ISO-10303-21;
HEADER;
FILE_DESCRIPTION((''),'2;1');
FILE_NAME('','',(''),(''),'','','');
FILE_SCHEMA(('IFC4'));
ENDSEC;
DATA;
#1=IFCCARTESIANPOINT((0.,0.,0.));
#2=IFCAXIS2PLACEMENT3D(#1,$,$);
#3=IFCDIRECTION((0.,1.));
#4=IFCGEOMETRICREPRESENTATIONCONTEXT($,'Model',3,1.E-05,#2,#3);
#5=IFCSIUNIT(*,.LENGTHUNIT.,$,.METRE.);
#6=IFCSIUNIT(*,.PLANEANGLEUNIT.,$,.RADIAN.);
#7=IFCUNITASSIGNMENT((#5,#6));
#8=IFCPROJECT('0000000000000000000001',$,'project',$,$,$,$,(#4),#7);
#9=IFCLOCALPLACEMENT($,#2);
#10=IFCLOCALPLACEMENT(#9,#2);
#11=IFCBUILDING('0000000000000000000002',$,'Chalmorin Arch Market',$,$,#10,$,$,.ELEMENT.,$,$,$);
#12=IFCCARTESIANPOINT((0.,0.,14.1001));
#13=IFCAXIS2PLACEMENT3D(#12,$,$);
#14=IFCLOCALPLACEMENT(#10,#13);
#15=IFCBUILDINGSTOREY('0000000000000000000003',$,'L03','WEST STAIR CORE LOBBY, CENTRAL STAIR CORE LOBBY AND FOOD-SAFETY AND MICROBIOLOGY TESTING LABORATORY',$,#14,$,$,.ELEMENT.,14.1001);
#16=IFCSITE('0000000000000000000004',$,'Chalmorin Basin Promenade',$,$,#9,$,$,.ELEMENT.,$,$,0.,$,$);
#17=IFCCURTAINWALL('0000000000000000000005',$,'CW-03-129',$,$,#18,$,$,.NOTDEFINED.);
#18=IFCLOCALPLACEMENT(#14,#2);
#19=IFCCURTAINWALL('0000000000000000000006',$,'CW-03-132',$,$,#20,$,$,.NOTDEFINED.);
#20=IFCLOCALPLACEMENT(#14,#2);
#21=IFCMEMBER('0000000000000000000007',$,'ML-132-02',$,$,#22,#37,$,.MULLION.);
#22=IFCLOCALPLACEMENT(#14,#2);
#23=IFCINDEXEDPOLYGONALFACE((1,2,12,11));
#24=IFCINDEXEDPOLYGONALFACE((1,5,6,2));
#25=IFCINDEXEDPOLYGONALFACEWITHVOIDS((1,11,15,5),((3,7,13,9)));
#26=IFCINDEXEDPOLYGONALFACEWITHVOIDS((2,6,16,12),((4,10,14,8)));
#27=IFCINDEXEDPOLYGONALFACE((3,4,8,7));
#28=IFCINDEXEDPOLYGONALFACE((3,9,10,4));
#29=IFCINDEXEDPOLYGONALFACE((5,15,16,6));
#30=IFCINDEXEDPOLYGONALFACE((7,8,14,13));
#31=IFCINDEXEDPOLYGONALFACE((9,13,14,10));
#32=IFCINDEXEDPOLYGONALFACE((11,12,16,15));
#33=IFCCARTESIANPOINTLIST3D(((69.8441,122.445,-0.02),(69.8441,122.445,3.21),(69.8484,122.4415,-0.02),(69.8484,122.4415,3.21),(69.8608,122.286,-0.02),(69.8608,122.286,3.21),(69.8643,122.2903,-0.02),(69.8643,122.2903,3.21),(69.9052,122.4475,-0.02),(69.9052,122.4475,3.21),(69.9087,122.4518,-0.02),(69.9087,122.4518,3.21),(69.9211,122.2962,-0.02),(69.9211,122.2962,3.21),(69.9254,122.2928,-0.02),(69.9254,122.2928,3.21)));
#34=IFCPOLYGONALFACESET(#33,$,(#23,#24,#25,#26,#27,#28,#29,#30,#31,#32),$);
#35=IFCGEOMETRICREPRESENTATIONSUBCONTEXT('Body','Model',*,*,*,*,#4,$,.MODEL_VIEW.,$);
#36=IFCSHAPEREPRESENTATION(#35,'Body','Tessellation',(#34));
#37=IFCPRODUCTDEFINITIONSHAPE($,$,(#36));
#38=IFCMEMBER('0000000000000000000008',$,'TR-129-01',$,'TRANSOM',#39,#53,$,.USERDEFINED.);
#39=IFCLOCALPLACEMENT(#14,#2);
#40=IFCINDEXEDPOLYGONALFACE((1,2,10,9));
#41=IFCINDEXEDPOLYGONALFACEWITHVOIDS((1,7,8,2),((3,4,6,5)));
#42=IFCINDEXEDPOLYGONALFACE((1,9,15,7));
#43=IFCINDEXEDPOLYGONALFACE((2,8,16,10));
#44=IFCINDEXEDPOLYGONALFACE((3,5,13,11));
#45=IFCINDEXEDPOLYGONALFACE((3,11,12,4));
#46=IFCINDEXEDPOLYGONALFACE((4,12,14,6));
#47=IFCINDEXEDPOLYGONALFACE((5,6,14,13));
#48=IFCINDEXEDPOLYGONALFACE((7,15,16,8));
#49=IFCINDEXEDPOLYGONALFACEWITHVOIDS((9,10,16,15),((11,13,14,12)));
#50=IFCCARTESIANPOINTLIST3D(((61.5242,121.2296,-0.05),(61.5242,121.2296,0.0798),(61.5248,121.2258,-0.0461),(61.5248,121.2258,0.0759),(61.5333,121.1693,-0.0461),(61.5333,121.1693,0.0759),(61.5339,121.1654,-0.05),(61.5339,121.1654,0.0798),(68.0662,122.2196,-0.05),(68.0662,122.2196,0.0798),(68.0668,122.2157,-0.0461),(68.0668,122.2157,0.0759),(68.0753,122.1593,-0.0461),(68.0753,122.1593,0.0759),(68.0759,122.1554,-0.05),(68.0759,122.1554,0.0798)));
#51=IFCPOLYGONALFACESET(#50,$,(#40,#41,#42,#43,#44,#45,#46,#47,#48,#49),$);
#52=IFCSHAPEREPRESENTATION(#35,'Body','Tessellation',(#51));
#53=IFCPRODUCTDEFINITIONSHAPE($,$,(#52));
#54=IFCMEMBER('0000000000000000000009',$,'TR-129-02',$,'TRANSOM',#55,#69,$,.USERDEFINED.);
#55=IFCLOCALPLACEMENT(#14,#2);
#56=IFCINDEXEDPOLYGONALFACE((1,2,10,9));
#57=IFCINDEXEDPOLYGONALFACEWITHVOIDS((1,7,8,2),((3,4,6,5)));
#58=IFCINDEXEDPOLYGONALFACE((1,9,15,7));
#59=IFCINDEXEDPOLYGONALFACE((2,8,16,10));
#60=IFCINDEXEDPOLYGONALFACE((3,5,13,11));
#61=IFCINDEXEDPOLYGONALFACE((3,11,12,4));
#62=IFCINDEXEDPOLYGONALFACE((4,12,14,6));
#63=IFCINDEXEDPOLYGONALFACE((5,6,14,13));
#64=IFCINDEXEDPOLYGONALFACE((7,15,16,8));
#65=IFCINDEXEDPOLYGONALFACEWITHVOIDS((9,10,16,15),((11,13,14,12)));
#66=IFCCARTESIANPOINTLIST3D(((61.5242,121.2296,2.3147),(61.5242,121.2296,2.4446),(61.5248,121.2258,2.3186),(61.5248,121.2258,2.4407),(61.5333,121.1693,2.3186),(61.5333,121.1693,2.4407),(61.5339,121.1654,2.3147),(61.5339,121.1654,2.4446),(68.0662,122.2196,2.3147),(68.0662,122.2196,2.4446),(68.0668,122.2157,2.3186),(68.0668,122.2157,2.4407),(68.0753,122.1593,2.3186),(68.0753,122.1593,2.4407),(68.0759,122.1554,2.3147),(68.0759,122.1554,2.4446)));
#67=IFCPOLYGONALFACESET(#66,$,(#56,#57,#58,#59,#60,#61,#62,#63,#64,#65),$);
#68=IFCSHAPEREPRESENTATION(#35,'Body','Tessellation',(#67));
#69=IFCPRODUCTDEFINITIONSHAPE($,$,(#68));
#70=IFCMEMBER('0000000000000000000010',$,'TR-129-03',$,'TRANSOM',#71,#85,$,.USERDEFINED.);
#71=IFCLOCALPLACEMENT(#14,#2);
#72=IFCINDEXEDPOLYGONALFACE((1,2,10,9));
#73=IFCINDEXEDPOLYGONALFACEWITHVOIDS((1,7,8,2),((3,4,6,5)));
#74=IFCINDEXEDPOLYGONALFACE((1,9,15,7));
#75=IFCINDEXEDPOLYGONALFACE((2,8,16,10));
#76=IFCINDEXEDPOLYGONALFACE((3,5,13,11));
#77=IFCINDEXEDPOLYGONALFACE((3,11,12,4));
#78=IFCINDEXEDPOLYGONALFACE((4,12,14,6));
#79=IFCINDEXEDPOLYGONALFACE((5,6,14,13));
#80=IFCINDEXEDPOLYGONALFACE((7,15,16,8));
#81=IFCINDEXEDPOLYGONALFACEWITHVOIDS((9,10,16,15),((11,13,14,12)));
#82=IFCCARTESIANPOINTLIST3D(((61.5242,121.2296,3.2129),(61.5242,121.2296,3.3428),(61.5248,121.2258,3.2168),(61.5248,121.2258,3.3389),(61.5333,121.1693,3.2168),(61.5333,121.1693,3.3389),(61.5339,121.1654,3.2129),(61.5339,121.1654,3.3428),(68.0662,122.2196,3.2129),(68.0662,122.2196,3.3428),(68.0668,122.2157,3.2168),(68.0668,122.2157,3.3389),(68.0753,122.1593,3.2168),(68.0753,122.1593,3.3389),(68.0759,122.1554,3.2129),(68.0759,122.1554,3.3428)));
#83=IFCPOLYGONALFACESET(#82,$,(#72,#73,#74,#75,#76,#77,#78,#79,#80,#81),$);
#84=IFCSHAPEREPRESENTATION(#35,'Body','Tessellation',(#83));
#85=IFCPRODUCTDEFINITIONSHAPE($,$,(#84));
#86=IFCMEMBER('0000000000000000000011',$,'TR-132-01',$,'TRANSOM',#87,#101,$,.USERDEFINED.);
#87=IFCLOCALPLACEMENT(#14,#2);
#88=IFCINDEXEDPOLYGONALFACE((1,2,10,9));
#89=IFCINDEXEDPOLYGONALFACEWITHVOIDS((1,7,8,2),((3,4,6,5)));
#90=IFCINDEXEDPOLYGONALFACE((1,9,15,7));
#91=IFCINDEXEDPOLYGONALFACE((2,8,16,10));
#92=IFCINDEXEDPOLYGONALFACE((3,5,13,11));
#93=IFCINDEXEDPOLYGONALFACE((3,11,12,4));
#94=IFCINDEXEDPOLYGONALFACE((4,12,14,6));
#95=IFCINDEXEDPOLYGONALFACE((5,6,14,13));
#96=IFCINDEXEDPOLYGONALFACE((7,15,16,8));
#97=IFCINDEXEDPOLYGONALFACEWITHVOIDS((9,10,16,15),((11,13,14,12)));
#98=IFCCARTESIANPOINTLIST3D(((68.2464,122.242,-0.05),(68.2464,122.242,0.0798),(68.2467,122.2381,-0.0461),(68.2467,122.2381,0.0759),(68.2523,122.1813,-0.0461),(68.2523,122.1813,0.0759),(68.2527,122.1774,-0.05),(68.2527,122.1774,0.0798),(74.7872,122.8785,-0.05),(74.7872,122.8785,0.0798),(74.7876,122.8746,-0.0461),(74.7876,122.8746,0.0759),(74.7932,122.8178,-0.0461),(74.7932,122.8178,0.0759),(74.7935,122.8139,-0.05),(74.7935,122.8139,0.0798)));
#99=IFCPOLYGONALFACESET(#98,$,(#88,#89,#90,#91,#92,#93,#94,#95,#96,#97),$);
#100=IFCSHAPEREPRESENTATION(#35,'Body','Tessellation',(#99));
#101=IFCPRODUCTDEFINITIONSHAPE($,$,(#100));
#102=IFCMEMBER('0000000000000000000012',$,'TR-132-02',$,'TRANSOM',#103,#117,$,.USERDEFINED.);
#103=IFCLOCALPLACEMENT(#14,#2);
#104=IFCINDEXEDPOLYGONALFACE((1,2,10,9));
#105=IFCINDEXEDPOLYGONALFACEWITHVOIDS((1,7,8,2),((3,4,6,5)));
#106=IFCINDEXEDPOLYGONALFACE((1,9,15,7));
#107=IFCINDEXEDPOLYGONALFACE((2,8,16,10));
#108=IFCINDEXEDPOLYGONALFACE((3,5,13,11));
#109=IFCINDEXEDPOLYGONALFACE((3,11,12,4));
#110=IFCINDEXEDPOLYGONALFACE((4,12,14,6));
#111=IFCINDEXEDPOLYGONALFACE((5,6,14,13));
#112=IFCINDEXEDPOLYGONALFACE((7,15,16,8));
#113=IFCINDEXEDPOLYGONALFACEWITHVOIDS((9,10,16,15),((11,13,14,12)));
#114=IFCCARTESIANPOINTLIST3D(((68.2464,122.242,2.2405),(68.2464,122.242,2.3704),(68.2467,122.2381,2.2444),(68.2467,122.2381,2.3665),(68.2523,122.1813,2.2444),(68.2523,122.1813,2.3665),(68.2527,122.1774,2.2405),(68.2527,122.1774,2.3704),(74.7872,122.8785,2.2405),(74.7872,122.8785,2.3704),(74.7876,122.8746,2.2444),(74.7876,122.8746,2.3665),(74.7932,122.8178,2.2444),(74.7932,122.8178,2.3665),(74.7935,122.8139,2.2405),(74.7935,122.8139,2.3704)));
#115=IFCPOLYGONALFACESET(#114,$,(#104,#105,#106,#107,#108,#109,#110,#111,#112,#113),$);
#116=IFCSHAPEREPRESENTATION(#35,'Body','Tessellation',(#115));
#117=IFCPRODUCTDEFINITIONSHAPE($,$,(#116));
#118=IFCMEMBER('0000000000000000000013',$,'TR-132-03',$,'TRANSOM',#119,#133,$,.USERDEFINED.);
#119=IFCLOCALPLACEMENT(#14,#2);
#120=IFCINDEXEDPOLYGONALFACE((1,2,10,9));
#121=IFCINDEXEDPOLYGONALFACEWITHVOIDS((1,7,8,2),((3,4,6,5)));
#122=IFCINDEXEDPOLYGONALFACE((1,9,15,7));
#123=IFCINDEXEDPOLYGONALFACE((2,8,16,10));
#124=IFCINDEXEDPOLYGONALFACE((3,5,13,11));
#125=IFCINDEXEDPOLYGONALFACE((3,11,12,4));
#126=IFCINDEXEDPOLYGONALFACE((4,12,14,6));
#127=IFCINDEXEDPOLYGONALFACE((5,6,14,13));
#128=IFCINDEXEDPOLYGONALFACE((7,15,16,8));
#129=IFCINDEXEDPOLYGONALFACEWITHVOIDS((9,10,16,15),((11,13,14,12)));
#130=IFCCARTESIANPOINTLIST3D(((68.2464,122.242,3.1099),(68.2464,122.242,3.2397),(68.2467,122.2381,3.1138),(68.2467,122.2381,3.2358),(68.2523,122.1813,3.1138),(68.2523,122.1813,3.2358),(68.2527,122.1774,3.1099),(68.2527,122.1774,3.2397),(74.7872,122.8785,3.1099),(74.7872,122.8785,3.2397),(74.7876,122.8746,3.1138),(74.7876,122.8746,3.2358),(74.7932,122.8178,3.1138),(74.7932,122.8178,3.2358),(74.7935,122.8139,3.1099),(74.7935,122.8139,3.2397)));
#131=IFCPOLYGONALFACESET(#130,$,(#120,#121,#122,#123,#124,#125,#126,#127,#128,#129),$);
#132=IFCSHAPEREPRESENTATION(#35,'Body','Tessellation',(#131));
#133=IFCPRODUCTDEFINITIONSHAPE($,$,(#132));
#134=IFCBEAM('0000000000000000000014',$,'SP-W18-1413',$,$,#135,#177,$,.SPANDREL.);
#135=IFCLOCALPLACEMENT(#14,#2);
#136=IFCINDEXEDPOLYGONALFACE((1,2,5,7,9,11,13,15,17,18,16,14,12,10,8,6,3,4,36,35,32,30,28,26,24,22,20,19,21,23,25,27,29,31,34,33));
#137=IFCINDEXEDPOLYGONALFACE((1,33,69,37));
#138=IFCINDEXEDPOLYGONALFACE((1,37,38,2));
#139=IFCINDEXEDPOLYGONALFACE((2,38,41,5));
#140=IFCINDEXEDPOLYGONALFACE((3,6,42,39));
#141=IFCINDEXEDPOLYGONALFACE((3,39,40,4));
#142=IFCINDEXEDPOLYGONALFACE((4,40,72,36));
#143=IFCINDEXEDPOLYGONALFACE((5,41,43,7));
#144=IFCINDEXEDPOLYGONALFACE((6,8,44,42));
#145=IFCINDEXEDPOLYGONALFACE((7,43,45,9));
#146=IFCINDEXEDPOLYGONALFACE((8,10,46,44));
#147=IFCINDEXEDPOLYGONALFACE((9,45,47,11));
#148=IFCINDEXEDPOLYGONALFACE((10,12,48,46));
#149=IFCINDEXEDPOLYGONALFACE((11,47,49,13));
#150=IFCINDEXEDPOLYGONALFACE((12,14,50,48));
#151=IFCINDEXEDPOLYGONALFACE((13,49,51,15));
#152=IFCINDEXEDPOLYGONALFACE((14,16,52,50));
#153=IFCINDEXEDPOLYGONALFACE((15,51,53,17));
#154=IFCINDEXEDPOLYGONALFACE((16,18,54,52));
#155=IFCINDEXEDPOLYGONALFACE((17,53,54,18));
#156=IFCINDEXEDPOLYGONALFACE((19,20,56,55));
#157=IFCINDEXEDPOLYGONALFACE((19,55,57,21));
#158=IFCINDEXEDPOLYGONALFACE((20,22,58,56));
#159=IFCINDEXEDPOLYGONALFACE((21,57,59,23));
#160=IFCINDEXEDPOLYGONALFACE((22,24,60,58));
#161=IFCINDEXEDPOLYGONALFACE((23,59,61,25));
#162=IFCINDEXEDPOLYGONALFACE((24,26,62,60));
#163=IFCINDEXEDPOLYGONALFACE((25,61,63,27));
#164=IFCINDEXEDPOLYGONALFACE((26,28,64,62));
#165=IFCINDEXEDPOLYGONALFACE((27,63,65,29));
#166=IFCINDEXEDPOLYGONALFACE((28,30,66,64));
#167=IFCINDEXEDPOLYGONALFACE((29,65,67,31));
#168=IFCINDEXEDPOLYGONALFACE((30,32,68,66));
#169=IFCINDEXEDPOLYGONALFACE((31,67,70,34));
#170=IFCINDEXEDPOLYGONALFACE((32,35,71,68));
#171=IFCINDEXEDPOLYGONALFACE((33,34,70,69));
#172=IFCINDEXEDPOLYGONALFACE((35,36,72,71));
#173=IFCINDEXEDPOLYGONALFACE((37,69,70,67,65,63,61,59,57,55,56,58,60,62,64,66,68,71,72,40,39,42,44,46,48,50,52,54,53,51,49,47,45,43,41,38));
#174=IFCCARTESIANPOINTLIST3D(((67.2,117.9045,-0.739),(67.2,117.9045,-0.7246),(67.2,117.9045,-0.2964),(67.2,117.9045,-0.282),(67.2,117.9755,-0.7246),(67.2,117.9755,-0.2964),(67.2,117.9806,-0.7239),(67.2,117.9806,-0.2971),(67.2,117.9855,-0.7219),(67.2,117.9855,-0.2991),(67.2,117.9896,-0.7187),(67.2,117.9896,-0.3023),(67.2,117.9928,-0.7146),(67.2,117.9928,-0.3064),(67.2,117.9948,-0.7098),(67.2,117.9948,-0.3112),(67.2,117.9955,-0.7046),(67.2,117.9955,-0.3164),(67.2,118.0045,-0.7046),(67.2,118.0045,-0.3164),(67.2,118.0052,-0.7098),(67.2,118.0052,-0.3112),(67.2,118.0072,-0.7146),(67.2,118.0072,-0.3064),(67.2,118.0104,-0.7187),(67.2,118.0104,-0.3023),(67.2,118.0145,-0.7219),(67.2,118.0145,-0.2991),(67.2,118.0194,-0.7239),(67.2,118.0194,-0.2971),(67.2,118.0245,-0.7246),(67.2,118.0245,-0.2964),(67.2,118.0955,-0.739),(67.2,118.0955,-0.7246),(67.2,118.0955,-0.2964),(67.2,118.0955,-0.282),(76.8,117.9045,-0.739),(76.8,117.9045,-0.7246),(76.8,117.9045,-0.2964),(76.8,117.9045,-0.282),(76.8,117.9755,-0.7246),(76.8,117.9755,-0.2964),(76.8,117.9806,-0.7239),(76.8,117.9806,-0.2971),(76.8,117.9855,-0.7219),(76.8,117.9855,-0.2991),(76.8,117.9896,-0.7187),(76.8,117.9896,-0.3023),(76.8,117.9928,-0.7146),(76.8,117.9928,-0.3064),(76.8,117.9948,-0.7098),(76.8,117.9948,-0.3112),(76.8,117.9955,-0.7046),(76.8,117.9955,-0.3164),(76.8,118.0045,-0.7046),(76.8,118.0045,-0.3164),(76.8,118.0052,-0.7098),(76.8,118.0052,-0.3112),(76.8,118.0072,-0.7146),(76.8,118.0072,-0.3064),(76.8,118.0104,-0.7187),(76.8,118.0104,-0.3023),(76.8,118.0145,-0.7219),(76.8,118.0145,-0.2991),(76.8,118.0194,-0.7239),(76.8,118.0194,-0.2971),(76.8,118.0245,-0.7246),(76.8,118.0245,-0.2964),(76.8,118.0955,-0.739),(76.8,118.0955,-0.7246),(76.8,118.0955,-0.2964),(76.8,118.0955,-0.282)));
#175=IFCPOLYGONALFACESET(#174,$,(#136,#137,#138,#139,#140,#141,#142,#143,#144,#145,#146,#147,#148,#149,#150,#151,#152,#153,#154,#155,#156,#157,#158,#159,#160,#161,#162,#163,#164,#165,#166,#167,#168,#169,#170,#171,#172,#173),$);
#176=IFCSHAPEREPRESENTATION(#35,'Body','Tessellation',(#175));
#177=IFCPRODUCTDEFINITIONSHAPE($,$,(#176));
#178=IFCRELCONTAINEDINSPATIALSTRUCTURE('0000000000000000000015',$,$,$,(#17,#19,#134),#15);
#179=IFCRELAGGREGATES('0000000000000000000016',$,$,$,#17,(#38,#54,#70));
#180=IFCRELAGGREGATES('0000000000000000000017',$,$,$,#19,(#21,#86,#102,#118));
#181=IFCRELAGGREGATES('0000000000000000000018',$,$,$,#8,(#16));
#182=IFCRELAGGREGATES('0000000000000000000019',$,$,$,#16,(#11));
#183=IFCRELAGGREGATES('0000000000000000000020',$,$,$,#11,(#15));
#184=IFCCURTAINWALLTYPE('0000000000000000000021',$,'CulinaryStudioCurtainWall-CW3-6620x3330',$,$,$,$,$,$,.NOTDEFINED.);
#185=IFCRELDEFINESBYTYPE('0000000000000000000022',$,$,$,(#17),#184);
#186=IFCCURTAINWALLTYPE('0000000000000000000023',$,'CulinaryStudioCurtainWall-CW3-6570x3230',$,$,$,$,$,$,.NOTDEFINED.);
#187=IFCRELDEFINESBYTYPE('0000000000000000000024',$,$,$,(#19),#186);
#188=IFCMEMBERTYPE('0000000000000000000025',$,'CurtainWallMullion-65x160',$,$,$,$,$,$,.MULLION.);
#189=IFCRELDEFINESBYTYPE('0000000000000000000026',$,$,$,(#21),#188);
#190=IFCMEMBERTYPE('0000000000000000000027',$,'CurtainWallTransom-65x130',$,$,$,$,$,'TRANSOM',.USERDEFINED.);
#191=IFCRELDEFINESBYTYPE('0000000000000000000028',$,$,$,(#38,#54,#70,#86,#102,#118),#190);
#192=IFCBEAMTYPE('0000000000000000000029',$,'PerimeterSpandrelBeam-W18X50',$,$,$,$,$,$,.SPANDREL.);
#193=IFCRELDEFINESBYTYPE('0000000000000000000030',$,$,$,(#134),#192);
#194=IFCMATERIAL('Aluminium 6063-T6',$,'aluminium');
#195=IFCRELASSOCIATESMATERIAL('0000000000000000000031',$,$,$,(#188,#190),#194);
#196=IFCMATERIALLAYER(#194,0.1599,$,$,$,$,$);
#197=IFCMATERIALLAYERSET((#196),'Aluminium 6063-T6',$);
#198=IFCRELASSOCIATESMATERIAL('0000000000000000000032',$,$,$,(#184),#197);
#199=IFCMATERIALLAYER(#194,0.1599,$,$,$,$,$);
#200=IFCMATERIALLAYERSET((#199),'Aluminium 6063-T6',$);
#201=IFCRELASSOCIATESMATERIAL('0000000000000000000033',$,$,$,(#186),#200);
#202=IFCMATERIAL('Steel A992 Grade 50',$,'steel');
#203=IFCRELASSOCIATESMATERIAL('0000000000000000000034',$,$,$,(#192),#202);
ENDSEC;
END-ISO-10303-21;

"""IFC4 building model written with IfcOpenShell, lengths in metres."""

from ifc_helpers import new_model, si_unit, direction, frame, origin, origin_2d, place, context, subcontext, project, spatial, hollow_rectangle, i_section, extrude, material, layer, layer_set, material_profile, profile_set, type_object, element, aggregate, save


model = new_model("IFC4")

# Units and contexts
model_context = context("Model", 3, precision=1e-05, world=origin(), true_north=direction((0.0, 1.0)))
body_context = subcontext(model_context, "Body", "Model", "MODEL_VIEW")
ifc_project = project(units=[si_unit("LENGTHUNIT", "METRE"), si_unit("PLANEANGLEUNIT", "RADIAN")], contexts=[model_context])

# Site, building, storey
site_placement = place(None, origin())
site = spatial("IfcSite", under=ifc_project, at=site_placement, Name="Chalmorin Basin Promenade", CompositionType="ELEMENT", RefElevation=0.0)
building_placement = place(site_placement, origin())
building = spatial("IfcBuilding", under=site, at=building_placement, Name="Chalmorin Arch Market", CompositionType="ELEMENT")
storey_placement = place(building_placement, frame((0.0, 0.0, 14.1001)))
storey = spatial("IfcBuildingStorey", under=building, at=storey_placement, Name="L03", Description="WEST STAIR CORE LOBBY, CENTRAL STAIR CORE LOBBY AND FOOD-SAFETY AND MICROBIOLOGY TESTING LABORATORY", CompositionType="ELEMENT", Elevation=14.1001)

# Curtain walls, member
ifc_material_1 = material(Name="Aluminium 6063-T6", Category="aluminium")
ifc_material_profile_1 = material_profile(ifc_material_1, hollow_rectangle(XDim=0.0649, YDim=0.1599, WallThickness=0.0039, at=origin_2d()), Name="ALU65X160X4")
ifc_profile_set_1 = profile_set([ifc_material_profile_1], Name="Aluminium 6063-T6")
member_type_1 = type_object("IfcMemberType", Name="CurtainWallMullion-65x160", PredefinedType="MULLION", material=ifc_profile_set_1)
ifc_layer_1 = layer(ifc_material_1, 0.1599)
ifc_layer_set_1 = layer_set([ifc_layer_1], Name="Aluminium 6063-T6")
curtain_wall_type_1 = type_object("IfcCurtainWallType", Name="CulinaryStudioCurtainWall-CW3-6620x3330", PredefinedType="NOTDEFINED", material=ifc_layer_set_1)
curtain_wall_1_placement = place(storey_placement, origin())
curtain_wall_1 = element("IfcCurtainWall", 1, at=curtain_wall_1_placement, inside=storey, type_object=curtain_wall_type_1, Name="CW-03-129", PredefinedType="NOTDEFINED")
ifc_layer_2 = layer(ifc_material_1, 0.1599)
ifc_layer_set_2 = layer_set([ifc_layer_2], Name="Aluminium 6063-T6")
curtain_wall_type_2 = type_object("IfcCurtainWallType", Name="CulinaryStudioCurtainWall-CW3-6570x3230", PredefinedType="NOTDEFINED", material=ifc_layer_set_2)
curtain_wall_2_placement = place(storey_placement, origin())
curtain_wall_2 = element("IfcCurtainWall", 2, at=curtain_wall_2_placement, inside=storey, type_object=curtain_wall_type_2, Name="CW-03-132", PredefinedType="NOTDEFINED")
member_1_placement = place(storey_placement, frame((69.8848, 122.3689, -0.02), z_axis=(0.0, 0.0, 1.0), x_axis=(0.994522, 0.104528, 0.0)))
member_1 = element("IfcMember", 3, at=member_1_placement, type_object=member_type_1, Name="ML-132-02", PredefinedType="MULLION", context=body_context, shape_type="SweptSolid", body=[
    extrude(hollow_rectangle(XDim=0.0649, YDim=0.1599, WallThickness=0.0039, at=origin_2d()), origin(), (0.0, 0.0, 1.0), 3.23),
])

# Members
ifc_material_profile_2 = material_profile(ifc_material_1, hollow_rectangle(XDim=0.0649, YDim=0.1299, WallThickness=0.0039, at=origin_2d()), Name="ALU65X130X4")
ifc_profile_set_2 = profile_set([ifc_material_profile_2], Name="Aluminium 6063-T6")
member_type_2 = type_object("IfcMemberType", Name="CurtainWallTransom-65x130", ElementType="TRANSOM", PredefinedType="USERDEFINED", material=ifc_profile_set_2)
member_2_placement = place(storey_placement, frame((61.5291, 121.1975, 0.0149), z_axis=(0.988743, 0.149625, 0.0), x_axis=(-0.149625, 0.988743, 0.0)))
member_2 = element("IfcMember", 4, at=member_2_placement, type_object=member_type_2, Name="TR-129-01", ObjectType="TRANSOM", PredefinedType="USERDEFINED", context=body_context, shape_type="SweptSolid", body=[
    extrude(hollow_rectangle(XDim=0.0649, YDim=0.1299, WallThickness=0.0039, at=origin_2d()), origin(), (0.0, 0.0, 1.0), 6.6165),
])
member_3_placement = place(storey_placement, frame((61.5291, 121.1975, 2.3796), z_axis=(0.988743, 0.149625, 0.0), x_axis=(-0.149625, 0.988743, 0.0)))
member_3 = element("IfcMember", 5, at=member_3_placement, type_object=member_type_2, Name="TR-129-02", ObjectType="TRANSOM", PredefinedType="USERDEFINED", context=body_context, shape_type="SweptSolid", body=[
    extrude(hollow_rectangle(XDim=0.0649, YDim=0.1299, WallThickness=0.0039, at=origin_2d()), origin(), (0.0, 0.0, 1.0), 6.6165),
])
member_4_placement = place(storey_placement, frame((61.5291, 121.1975, 3.2778), z_axis=(0.988743, 0.149625, 0.0), x_axis=(-0.149625, 0.988743, 0.0)))
member_4 = element("IfcMember", 6, at=member_4_placement, type_object=member_type_2, Name="TR-129-03", ObjectType="TRANSOM", PredefinedType="USERDEFINED", context=body_context, shape_type="SweptSolid", body=[
    extrude(hollow_rectangle(XDim=0.0649, YDim=0.1299, WallThickness=0.0039, at=origin_2d()), origin(), (0.0, 0.0, 1.0), 6.6165),
])
member_5_placement = place(storey_placement, frame((68.2495, 122.2097, 0.0149), z_axis=(0.995299, 0.096851, 0.0), x_axis=(-0.096851, 0.995299, 0.0)))
member_5 = element("IfcMember", 7, at=member_5_placement, type_object=member_type_2, Name="TR-132-01", ObjectType="TRANSOM", PredefinedType="USERDEFINED", context=body_context, shape_type="SweptSolid", body=[
    extrude(hollow_rectangle(XDim=0.0649, YDim=0.1299, WallThickness=0.0039, at=origin_2d()), origin(), (0.0, 0.0, 1.0), 6.5718),
])
member_6_placement = place(storey_placement, frame((68.2495, 122.2097, 2.3054), z_axis=(0.995299, 0.096851, 0.0), x_axis=(-0.096851, 0.995299, 0.0)))
member_6 = element("IfcMember", 8, at=member_6_placement, type_object=member_type_2, Name="TR-132-02", ObjectType="TRANSOM", PredefinedType="USERDEFINED", context=body_context, shape_type="SweptSolid", body=[
    extrude(hollow_rectangle(XDim=0.0649, YDim=0.1299, WallThickness=0.0039, at=origin_2d()), origin(), (0.0, 0.0, 1.0), 6.5718),
])
member_7_placement = place(storey_placement, frame((68.2495, 122.2097, 3.1748), z_axis=(0.995299, 0.096851, 0.0), x_axis=(-0.096851, 0.995299, 0.0)))
member_7 = element("IfcMember", 9, at=member_7_placement, type_object=member_type_2, Name="TR-132-03", ObjectType="TRANSOM", PredefinedType="USERDEFINED", context=body_context, shape_type="SweptSolid", body=[
    extrude(hollow_rectangle(XDim=0.0649, YDim=0.1299, WallThickness=0.0039, at=origin_2d()), origin(), (0.0, 0.0, 1.0), 6.5718),
])

# Beam
ifc_material_2 = material(Name="Steel A992 Grade 50", Category="steel")
ifc_material_profile_3 = material_profile(ifc_material_2, i_section(OverallWidth=0.1909, OverallDepth=0.457, WebThickness=0.009, FlangeThickness=0.0144, FilletRadius=0.02, at=origin_2d()), Name="W18X50")
ifc_profile_set_3 = profile_set([ifc_material_profile_3], Name="Steel A992 Grade 50")
beam_type_1 = type_object("IfcBeamType", Name="PerimeterSpandrelBeam-W18X50", PredefinedType="SPANDREL", material=ifc_profile_set_3)
beam_1_placement = place(storey_placement, frame((67.2, 118.0, -0.5105), z_axis=(1.0, 0.0, 0.0), x_axis=(0.0, 1.0, 0.0)))
element("IfcBeam", 10, at=beam_1_placement, inside=storey, type_object=beam_type_1, Name="SP-W18-1413", PredefinedType="SPANDREL", context=body_context, shape_type="SweptSolid", body=[
    extrude(i_section(OverallWidth=0.1909, OverallDepth=0.457, WebThickness=0.009, FlangeThickness=0.0144, FilletRadius=0.02, at=origin_2d()), origin(), (0.0, 0.0, 1.0), 9.6001),
])

aggregate(curtain_wall_1, [member_2, member_3, member_4])
aggregate(curtain_wall_2, [member_1, member_5, member_6, member_7])

save(model, "model.ifc")
